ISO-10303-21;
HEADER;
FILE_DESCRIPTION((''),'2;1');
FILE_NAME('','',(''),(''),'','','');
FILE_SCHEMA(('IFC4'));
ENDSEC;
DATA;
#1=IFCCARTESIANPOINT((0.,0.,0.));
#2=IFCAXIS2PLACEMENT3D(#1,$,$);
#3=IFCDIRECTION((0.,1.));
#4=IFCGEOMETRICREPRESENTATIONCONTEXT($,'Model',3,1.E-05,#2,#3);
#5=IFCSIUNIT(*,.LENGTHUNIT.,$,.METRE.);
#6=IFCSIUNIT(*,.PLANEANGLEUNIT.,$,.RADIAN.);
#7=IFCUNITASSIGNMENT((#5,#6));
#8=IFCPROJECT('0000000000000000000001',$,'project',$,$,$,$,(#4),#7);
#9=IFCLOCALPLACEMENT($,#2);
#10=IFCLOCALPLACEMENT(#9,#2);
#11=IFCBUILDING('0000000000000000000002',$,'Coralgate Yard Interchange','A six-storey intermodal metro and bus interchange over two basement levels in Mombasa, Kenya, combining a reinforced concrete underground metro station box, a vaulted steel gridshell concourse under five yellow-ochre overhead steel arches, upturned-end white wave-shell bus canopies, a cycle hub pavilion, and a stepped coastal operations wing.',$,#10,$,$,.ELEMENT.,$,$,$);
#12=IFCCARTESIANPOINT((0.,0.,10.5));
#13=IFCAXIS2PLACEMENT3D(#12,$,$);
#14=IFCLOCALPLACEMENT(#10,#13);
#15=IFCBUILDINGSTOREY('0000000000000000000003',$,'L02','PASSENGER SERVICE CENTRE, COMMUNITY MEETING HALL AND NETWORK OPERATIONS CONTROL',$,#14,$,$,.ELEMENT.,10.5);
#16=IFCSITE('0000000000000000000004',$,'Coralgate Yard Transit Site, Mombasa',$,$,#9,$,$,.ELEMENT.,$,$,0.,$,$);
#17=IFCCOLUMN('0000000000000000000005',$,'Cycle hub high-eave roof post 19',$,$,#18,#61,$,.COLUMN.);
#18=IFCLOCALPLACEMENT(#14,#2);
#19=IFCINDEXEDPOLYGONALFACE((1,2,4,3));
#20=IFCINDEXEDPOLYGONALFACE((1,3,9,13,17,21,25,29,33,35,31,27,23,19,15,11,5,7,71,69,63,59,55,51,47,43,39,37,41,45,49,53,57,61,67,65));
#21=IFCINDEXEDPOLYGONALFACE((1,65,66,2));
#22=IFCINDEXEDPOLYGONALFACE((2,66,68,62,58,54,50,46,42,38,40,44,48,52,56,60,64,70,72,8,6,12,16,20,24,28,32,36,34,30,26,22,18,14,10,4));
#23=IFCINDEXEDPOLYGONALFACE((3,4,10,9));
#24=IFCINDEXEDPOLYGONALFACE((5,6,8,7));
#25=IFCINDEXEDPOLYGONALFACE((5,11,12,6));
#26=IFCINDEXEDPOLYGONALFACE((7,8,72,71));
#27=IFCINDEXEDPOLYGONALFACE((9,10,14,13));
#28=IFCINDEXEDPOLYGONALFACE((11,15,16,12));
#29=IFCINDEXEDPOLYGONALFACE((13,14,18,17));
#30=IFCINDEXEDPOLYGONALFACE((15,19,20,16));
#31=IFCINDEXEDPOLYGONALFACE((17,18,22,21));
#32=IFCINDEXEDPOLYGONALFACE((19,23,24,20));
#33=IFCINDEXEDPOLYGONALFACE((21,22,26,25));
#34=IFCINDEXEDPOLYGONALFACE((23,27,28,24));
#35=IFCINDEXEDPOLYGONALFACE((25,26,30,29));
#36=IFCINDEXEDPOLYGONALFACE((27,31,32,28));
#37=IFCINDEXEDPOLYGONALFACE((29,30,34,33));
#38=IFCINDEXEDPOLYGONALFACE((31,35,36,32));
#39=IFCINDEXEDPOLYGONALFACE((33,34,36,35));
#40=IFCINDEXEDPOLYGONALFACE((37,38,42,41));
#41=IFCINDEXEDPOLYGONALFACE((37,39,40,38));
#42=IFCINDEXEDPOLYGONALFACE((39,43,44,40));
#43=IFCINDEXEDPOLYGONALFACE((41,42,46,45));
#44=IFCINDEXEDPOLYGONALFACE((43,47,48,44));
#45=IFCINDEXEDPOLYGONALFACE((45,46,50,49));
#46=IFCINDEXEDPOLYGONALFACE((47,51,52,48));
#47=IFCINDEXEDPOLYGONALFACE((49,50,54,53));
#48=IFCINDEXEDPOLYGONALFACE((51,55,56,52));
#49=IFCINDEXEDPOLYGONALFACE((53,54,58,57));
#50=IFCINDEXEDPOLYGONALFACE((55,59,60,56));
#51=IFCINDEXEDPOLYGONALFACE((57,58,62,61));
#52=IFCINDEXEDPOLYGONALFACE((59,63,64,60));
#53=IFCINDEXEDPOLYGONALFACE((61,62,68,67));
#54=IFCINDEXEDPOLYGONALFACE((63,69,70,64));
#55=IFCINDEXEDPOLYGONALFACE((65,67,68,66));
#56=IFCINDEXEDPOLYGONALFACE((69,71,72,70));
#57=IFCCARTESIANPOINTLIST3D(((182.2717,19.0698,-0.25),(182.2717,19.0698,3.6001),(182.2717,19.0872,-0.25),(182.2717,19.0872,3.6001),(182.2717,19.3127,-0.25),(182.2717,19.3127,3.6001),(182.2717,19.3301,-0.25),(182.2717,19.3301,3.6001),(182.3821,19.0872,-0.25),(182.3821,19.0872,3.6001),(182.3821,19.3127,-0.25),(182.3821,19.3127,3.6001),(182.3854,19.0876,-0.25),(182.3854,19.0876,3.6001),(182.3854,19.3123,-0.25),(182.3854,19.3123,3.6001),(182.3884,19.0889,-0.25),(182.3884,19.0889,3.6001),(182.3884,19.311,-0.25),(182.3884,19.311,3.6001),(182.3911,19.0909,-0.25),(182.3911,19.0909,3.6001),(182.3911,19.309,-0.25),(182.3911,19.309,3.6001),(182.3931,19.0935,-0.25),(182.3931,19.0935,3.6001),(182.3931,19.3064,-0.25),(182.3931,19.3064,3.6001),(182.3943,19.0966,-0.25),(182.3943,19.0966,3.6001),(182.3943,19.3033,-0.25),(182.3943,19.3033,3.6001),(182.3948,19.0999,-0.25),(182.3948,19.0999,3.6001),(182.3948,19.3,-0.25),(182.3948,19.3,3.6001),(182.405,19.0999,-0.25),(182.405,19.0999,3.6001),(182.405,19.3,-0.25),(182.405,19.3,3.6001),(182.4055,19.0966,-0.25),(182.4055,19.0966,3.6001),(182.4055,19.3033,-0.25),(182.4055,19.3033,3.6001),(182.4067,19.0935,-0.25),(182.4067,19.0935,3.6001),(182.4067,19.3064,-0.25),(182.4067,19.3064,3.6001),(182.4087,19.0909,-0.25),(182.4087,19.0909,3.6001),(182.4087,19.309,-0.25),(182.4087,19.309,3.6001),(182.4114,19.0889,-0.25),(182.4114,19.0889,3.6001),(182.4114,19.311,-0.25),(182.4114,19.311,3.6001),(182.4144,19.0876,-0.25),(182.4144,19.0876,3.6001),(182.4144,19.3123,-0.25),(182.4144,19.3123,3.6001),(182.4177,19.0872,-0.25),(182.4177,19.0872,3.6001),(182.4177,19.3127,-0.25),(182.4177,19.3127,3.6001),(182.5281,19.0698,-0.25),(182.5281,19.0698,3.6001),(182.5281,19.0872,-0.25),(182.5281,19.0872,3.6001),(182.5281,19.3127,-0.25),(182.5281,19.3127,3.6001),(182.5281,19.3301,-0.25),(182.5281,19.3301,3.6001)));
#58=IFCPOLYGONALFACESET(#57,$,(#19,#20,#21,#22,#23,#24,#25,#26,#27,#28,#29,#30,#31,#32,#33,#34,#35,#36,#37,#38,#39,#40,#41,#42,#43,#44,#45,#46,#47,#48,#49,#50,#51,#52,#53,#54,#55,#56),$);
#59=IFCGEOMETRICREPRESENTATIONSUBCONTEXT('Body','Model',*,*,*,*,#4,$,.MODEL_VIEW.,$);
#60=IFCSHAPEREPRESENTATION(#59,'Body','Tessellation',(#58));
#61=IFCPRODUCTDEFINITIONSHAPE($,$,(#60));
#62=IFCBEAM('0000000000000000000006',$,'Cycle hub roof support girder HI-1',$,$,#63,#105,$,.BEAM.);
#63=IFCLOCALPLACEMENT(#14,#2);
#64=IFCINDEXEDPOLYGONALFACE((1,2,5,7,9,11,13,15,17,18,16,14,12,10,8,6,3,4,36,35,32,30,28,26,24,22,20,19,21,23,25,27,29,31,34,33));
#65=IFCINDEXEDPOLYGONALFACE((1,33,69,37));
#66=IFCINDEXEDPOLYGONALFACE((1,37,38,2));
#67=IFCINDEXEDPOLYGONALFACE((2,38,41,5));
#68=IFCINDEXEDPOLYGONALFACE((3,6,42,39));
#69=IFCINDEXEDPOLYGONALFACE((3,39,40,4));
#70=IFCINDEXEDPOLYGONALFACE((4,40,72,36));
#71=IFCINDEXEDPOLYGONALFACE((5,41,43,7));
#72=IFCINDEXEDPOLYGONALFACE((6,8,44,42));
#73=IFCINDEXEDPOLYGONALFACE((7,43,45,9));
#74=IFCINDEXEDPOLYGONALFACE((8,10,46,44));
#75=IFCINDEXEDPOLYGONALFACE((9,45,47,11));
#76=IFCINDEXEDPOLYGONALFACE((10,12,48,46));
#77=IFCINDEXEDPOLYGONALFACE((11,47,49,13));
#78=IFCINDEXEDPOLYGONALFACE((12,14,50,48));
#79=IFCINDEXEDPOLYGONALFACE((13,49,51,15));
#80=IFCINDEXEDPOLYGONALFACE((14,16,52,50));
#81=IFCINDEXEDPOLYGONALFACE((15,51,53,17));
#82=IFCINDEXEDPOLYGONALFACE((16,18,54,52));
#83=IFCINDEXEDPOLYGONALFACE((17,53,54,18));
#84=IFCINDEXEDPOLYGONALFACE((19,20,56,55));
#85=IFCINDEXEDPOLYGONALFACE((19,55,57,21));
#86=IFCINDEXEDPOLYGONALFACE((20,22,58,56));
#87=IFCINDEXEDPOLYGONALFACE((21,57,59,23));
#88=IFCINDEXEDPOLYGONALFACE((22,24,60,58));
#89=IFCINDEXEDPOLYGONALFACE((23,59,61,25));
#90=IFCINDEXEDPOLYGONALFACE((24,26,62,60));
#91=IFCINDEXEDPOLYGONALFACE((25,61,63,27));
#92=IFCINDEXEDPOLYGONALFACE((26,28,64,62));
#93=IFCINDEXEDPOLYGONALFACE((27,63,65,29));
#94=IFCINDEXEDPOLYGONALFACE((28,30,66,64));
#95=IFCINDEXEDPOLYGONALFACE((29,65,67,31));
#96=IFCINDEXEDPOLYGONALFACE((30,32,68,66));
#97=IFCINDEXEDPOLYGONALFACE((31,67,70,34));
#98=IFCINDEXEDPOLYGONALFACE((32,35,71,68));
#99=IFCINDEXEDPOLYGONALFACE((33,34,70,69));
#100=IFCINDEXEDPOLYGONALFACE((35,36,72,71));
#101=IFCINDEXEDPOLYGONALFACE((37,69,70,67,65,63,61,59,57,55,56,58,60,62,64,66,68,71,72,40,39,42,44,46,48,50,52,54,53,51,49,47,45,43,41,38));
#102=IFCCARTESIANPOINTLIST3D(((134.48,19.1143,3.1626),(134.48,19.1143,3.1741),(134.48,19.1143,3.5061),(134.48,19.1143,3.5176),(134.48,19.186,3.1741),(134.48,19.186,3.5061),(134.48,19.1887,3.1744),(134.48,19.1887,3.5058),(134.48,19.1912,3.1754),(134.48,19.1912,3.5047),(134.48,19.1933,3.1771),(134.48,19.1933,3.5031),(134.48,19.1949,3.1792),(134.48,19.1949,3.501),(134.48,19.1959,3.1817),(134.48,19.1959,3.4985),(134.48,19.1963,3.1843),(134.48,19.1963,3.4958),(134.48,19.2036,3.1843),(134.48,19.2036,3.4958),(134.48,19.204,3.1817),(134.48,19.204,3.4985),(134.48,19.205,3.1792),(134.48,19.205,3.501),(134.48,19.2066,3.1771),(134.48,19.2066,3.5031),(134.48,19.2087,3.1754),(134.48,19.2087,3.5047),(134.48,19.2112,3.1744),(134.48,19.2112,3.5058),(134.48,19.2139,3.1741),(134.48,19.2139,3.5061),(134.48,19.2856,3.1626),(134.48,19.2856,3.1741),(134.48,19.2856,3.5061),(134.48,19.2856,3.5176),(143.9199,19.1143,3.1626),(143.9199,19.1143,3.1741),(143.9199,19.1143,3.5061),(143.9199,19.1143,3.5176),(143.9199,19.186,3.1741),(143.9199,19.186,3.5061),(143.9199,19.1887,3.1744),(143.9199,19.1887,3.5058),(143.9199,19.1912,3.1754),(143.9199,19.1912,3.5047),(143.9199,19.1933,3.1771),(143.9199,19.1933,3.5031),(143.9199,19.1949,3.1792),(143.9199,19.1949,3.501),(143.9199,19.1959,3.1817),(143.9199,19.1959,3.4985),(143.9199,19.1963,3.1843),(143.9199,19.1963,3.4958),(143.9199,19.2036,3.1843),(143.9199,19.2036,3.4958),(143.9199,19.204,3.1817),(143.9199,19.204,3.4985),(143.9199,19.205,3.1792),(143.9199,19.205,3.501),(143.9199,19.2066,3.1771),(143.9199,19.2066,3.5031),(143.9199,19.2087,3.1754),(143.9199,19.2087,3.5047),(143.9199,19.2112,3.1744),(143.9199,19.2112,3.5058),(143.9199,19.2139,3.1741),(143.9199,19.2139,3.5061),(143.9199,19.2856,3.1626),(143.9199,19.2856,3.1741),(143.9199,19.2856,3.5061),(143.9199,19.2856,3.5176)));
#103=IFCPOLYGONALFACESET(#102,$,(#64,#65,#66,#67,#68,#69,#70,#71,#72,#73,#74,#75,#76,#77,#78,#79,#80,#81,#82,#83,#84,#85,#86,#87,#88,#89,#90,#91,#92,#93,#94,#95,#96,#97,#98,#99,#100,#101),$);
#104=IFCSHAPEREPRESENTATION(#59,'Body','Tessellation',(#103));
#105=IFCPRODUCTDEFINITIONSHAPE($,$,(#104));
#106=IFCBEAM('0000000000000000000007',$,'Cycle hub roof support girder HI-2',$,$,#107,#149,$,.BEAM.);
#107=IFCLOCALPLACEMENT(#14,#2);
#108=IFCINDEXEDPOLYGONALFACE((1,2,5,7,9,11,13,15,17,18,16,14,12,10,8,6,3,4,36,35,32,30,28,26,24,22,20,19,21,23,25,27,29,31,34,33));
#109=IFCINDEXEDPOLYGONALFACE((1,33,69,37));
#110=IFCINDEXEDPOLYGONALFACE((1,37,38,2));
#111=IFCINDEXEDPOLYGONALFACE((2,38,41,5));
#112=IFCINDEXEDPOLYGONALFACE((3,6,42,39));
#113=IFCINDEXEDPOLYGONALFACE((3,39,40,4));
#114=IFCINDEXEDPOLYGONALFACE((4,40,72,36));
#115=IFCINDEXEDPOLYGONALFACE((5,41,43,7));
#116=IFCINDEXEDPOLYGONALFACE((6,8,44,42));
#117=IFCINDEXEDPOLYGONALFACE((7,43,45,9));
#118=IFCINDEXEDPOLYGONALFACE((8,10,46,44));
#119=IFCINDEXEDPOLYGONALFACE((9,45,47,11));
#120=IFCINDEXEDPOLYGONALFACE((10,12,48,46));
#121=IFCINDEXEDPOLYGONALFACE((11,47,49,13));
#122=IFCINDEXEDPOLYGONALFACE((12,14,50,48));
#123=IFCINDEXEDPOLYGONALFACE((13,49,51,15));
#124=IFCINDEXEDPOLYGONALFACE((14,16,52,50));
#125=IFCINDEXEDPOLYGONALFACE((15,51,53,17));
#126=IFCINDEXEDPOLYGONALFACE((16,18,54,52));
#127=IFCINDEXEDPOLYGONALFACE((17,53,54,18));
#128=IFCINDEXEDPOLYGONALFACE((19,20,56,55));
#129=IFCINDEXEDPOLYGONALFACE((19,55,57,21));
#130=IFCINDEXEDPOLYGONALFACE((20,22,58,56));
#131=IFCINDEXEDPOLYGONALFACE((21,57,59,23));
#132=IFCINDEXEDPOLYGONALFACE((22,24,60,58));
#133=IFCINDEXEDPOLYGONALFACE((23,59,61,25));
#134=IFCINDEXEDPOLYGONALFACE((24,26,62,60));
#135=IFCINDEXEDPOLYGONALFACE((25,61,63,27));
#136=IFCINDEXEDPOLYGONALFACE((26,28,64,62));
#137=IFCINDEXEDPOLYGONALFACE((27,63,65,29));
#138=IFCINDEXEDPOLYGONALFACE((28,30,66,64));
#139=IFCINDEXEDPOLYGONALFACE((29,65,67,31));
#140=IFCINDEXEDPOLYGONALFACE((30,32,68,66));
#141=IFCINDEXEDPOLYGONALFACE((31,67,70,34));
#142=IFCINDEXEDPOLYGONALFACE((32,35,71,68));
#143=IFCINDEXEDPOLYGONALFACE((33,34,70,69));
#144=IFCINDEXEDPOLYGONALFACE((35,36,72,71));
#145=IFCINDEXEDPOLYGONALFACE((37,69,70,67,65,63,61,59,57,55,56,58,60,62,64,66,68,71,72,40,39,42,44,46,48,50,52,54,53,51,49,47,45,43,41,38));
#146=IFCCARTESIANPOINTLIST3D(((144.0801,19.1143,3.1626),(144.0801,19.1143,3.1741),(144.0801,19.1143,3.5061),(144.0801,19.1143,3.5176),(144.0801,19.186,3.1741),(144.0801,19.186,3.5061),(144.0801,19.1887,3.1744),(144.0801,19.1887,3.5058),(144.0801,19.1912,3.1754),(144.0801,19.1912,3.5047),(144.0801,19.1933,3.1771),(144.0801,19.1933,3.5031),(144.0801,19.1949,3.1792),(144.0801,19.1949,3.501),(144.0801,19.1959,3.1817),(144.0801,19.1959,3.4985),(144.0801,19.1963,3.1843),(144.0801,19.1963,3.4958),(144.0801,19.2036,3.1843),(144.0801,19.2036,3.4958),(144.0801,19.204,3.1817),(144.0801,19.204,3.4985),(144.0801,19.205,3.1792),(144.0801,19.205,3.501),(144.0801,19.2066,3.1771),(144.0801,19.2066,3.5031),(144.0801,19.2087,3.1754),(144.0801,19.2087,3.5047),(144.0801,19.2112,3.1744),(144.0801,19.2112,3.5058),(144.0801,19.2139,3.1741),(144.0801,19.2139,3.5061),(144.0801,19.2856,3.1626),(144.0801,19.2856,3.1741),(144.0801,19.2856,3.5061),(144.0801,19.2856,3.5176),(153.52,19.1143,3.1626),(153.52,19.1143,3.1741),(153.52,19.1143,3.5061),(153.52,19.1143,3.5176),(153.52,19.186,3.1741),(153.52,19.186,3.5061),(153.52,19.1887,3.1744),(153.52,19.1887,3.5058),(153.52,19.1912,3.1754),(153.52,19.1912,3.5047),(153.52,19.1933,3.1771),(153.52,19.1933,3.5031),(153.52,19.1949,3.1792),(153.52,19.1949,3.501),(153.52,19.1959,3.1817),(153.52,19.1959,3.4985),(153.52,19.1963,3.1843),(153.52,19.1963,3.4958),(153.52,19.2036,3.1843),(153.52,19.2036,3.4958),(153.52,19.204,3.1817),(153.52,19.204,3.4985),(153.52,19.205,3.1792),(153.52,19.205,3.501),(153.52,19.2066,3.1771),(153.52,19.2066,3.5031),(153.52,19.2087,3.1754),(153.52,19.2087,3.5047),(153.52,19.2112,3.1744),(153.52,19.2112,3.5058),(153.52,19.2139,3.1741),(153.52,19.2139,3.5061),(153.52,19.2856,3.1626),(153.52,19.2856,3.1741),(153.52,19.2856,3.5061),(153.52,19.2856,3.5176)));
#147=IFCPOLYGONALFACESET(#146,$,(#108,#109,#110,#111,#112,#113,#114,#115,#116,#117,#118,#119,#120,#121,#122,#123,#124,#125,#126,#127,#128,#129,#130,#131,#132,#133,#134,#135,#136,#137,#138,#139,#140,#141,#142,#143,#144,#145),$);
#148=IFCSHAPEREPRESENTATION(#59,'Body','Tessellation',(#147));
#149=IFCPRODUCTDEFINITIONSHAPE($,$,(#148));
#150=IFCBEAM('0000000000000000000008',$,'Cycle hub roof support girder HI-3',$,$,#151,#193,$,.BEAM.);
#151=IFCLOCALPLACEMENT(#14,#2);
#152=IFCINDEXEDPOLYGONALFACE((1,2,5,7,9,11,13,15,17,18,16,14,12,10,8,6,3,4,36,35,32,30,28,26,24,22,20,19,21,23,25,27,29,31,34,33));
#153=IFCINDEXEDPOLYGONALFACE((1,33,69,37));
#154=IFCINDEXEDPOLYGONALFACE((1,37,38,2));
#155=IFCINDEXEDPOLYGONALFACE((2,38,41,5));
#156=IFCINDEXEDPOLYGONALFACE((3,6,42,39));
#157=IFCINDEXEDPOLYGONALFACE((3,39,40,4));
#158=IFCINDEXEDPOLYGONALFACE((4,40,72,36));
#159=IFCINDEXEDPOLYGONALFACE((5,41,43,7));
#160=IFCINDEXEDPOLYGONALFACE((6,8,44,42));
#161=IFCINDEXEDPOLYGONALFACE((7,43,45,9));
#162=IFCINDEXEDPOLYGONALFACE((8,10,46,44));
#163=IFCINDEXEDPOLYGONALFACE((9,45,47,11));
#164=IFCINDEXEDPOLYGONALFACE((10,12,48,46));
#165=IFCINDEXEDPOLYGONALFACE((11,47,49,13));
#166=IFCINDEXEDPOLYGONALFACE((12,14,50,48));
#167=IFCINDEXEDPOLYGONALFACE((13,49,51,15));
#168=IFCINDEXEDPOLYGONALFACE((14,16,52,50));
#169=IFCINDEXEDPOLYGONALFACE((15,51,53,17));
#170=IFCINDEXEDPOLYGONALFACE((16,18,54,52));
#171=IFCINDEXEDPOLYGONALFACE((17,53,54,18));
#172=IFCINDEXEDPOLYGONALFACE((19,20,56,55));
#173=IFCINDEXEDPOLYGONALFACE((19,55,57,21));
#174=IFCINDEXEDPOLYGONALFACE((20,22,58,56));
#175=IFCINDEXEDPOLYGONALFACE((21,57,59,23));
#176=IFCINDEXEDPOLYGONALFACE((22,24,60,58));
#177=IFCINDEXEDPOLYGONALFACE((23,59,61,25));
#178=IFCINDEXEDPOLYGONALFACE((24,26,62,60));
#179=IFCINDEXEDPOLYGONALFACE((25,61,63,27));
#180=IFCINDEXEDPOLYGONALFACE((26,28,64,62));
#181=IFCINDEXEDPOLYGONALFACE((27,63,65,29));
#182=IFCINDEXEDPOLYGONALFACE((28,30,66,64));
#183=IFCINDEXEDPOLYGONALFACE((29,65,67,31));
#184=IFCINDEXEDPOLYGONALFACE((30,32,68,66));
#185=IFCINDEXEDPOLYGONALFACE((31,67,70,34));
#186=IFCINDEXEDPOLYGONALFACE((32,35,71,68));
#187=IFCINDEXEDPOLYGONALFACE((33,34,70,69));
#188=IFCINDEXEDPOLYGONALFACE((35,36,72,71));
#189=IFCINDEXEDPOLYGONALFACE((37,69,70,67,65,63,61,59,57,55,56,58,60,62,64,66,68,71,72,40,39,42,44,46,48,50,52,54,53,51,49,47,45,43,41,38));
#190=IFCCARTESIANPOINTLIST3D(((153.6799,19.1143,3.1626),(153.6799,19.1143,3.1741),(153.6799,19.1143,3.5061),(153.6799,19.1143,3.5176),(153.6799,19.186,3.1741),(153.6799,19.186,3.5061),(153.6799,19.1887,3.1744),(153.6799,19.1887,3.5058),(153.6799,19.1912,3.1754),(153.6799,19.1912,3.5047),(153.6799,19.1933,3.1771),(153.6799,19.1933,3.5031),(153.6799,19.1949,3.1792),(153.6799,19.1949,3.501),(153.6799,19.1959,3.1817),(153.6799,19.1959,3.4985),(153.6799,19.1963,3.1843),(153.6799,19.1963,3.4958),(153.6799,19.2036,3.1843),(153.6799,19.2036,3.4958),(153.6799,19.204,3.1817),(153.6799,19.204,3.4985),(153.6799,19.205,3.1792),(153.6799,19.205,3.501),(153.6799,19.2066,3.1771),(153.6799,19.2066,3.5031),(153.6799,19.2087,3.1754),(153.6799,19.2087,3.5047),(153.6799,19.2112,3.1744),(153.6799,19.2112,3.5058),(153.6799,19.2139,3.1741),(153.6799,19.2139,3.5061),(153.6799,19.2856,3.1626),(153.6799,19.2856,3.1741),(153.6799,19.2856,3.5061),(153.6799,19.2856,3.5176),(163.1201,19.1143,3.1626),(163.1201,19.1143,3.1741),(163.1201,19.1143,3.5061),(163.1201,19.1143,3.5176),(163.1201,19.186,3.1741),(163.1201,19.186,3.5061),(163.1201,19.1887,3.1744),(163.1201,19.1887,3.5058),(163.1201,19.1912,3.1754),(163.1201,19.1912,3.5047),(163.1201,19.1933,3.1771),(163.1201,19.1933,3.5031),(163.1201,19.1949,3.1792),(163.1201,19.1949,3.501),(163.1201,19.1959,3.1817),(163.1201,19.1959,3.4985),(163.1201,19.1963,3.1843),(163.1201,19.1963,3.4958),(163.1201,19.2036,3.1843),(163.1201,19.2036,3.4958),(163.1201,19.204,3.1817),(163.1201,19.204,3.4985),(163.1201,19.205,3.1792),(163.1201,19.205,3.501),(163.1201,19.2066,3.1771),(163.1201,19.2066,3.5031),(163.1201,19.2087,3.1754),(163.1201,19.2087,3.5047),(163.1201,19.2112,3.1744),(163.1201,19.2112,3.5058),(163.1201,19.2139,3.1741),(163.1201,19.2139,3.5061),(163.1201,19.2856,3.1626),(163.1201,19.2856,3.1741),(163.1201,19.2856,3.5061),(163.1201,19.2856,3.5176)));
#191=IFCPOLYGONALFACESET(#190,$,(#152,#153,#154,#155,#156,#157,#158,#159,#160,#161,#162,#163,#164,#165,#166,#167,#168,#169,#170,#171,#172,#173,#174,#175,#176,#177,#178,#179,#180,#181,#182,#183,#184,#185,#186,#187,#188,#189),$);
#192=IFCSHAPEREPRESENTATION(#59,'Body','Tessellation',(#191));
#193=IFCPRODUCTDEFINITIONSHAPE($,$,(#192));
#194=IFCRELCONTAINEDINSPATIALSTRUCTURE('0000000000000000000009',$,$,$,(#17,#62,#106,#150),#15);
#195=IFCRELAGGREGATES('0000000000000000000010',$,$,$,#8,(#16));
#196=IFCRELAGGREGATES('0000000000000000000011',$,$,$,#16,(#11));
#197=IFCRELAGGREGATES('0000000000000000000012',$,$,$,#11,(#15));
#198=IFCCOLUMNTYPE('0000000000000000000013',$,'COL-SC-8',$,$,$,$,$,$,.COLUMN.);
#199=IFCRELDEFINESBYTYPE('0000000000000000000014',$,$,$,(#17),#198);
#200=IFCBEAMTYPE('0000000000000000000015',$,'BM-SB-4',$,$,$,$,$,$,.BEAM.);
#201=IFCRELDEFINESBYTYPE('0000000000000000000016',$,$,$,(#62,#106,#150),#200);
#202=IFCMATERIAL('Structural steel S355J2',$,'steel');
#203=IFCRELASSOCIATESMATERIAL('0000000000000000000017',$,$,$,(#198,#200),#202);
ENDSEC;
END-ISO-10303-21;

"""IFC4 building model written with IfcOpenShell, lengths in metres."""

from ifc_helpers import new_model, si_unit, direction, frame, origin, origin_2d, place, context, subcontext, project, spatial, i_section, extrude, material, material_profile, profile_set, type_object, element, save


model = new_model("IFC4")

# Units and contexts
model_context = context("Model", 3, precision=1e-05, world=origin(), true_north=direction((0.0, 1.0)))
body_context = subcontext(model_context, "Body", "Model", "MODEL_VIEW")
ifc_project = project(units=[si_unit("LENGTHUNIT", "METRE"), si_unit("PLANEANGLEUNIT", "RADIAN")], contexts=[model_context])

# Site, building, storey
site_placement = place(None, origin())
site = spatial("IfcSite", under=ifc_project, at=site_placement, Name="Coralgate Yard Transit Site, Mombasa", CompositionType="ELEMENT", RefElevation=0.0)
building_placement = place(site_placement, origin())
building = spatial("IfcBuilding", under=site, at=building_placement, Name="Coralgate Yard Interchange", Description="A six-storey intermodal metro and bus interchange over two basement levels in Mombasa, Kenya, combining a reinforced concrete underground metro station box, a vaulted steel gridshell concourse under five yellow-ochre overhead steel arches, upturned-end white wave-shell bus canopies, a cycle hub pavilion, and a stepped coastal operations wing.", CompositionType="ELEMENT")
storey_placement = place(building_placement, frame((0.0, 0.0, 10.5)))
storey = spatial("IfcBuildingStorey", under=building, at=storey_placement, Name="L02", Description="PASSENGER SERVICE CENTRE, COMMUNITY MEETING HALL AND NETWORK OPERATIONS CONTROL", CompositionType="ELEMENT", Elevation=10.5)

# Column
ifc_material_1 = material(Name="Structural steel S355J2", Category="steel")
ifc_material_profile_1 = material_profile(ifc_material_1, i_section(OverallWidth=0.2563, OverallDepth=0.2603, WebThickness=0.0103, FlangeThickness=0.0173, FilletRadius=0.0127, at=origin_2d()), Name="UC 254x254x89")
ifc_profile_set_1 = profile_set([ifc_material_profile_1], Name="Structural steel S355J2")
column_type = type_object("IfcColumnType", Name="COL-SC-8", PredefinedType="COLUMN", material=ifc_profile_set_1)
for number, where, z_axis, x_axis, name in (
    (1, (182.3999, 19.2, -0.25), (0.0, 0.0, 1.0), (1.0, 0.0, 0.0), "Cycle hub high-eave roof post 19"),
):
    element("IfcColumn", number, at=place(storey_placement, frame(where, z_axis=z_axis, x_axis=x_axis)), inside=storey, type_object=column_type, Name=name, PredefinedType="COLUMN", context=body_context, shape_type="SweptSolid", body=[
        extrude(i_section(OverallWidth=0.2563, OverallDepth=0.2603, WebThickness=0.0103, FlangeThickness=0.0173, FilletRadius=0.0127, at=origin_2d()), origin(), (0.0, 0.0, 1.0), 3.8501),
    ])

# Beams
ifc_material_profile_2 = material_profile(ifc_material_1, i_section(OverallWidth=0.1714, OverallDepth=0.355, WebThickness=0.0073, FlangeThickness=0.0115, FilletRadius=0.0103, at=origin_2d()), Name="UB 356x171x51")
ifc_profile_set_2 = profile_set([ifc_material_profile_2], Name="Structural steel S355J2")
beam_type_1 = type_object("IfcBeamType", Name="BM-SB-4", PredefinedType="BEAM", material=ifc_profile_set_2)
for number, where, z_axis, x_axis, name in (
    (2, (134.48, 19.2, 3.3401), (1.0, 0.0, 0.0), (0.0, 1.0, 0.0), "Cycle hub roof support girder HI-1"),
    (3, (144.0801, 19.2, 3.3401), (1.0, 0.0, 0.0), (0.0, 1.0, 0.0), "Cycle hub roof support girder HI-2"),
):
    element("IfcBeam", number, at=place(storey_placement, frame(where, z_axis=z_axis, x_axis=x_axis)), inside=storey, type_object=beam_type_1, Name=name, PredefinedType="BEAM", context=body_context, shape_type="SweptSolid", body=[
        extrude(i_section(OverallWidth=0.1714, OverallDepth=0.355, WebThickness=0.0073, FlangeThickness=0.0115, FilletRadius=0.0103, at=origin_2d()), origin(), (0.0, 0.0, 1.0), 9.4399),
    ])
beam_1_placement = place(storey_placement, frame((153.6799, 19.2, 3.3401), z_axis=(1.0, 0.0, 0.0), x_axis=(0.0, 1.0, 0.0)))
element("IfcBeam", 4, at=beam_1_placement, inside=storey, type_object=beam_type_1, Name="Cycle hub roof support girder HI-3", PredefinedType="BEAM", context=body_context, shape_type="SweptSolid", body=[
    extrude(i_section(OverallWidth=0.1714, OverallDepth=0.355, WebThickness=0.0073, FlangeThickness=0.0115, FilletRadius=0.0103, at=origin_2d()), origin(), (0.0, 0.0, 1.0), 9.4402),
])

save(model, "model.ifc")
